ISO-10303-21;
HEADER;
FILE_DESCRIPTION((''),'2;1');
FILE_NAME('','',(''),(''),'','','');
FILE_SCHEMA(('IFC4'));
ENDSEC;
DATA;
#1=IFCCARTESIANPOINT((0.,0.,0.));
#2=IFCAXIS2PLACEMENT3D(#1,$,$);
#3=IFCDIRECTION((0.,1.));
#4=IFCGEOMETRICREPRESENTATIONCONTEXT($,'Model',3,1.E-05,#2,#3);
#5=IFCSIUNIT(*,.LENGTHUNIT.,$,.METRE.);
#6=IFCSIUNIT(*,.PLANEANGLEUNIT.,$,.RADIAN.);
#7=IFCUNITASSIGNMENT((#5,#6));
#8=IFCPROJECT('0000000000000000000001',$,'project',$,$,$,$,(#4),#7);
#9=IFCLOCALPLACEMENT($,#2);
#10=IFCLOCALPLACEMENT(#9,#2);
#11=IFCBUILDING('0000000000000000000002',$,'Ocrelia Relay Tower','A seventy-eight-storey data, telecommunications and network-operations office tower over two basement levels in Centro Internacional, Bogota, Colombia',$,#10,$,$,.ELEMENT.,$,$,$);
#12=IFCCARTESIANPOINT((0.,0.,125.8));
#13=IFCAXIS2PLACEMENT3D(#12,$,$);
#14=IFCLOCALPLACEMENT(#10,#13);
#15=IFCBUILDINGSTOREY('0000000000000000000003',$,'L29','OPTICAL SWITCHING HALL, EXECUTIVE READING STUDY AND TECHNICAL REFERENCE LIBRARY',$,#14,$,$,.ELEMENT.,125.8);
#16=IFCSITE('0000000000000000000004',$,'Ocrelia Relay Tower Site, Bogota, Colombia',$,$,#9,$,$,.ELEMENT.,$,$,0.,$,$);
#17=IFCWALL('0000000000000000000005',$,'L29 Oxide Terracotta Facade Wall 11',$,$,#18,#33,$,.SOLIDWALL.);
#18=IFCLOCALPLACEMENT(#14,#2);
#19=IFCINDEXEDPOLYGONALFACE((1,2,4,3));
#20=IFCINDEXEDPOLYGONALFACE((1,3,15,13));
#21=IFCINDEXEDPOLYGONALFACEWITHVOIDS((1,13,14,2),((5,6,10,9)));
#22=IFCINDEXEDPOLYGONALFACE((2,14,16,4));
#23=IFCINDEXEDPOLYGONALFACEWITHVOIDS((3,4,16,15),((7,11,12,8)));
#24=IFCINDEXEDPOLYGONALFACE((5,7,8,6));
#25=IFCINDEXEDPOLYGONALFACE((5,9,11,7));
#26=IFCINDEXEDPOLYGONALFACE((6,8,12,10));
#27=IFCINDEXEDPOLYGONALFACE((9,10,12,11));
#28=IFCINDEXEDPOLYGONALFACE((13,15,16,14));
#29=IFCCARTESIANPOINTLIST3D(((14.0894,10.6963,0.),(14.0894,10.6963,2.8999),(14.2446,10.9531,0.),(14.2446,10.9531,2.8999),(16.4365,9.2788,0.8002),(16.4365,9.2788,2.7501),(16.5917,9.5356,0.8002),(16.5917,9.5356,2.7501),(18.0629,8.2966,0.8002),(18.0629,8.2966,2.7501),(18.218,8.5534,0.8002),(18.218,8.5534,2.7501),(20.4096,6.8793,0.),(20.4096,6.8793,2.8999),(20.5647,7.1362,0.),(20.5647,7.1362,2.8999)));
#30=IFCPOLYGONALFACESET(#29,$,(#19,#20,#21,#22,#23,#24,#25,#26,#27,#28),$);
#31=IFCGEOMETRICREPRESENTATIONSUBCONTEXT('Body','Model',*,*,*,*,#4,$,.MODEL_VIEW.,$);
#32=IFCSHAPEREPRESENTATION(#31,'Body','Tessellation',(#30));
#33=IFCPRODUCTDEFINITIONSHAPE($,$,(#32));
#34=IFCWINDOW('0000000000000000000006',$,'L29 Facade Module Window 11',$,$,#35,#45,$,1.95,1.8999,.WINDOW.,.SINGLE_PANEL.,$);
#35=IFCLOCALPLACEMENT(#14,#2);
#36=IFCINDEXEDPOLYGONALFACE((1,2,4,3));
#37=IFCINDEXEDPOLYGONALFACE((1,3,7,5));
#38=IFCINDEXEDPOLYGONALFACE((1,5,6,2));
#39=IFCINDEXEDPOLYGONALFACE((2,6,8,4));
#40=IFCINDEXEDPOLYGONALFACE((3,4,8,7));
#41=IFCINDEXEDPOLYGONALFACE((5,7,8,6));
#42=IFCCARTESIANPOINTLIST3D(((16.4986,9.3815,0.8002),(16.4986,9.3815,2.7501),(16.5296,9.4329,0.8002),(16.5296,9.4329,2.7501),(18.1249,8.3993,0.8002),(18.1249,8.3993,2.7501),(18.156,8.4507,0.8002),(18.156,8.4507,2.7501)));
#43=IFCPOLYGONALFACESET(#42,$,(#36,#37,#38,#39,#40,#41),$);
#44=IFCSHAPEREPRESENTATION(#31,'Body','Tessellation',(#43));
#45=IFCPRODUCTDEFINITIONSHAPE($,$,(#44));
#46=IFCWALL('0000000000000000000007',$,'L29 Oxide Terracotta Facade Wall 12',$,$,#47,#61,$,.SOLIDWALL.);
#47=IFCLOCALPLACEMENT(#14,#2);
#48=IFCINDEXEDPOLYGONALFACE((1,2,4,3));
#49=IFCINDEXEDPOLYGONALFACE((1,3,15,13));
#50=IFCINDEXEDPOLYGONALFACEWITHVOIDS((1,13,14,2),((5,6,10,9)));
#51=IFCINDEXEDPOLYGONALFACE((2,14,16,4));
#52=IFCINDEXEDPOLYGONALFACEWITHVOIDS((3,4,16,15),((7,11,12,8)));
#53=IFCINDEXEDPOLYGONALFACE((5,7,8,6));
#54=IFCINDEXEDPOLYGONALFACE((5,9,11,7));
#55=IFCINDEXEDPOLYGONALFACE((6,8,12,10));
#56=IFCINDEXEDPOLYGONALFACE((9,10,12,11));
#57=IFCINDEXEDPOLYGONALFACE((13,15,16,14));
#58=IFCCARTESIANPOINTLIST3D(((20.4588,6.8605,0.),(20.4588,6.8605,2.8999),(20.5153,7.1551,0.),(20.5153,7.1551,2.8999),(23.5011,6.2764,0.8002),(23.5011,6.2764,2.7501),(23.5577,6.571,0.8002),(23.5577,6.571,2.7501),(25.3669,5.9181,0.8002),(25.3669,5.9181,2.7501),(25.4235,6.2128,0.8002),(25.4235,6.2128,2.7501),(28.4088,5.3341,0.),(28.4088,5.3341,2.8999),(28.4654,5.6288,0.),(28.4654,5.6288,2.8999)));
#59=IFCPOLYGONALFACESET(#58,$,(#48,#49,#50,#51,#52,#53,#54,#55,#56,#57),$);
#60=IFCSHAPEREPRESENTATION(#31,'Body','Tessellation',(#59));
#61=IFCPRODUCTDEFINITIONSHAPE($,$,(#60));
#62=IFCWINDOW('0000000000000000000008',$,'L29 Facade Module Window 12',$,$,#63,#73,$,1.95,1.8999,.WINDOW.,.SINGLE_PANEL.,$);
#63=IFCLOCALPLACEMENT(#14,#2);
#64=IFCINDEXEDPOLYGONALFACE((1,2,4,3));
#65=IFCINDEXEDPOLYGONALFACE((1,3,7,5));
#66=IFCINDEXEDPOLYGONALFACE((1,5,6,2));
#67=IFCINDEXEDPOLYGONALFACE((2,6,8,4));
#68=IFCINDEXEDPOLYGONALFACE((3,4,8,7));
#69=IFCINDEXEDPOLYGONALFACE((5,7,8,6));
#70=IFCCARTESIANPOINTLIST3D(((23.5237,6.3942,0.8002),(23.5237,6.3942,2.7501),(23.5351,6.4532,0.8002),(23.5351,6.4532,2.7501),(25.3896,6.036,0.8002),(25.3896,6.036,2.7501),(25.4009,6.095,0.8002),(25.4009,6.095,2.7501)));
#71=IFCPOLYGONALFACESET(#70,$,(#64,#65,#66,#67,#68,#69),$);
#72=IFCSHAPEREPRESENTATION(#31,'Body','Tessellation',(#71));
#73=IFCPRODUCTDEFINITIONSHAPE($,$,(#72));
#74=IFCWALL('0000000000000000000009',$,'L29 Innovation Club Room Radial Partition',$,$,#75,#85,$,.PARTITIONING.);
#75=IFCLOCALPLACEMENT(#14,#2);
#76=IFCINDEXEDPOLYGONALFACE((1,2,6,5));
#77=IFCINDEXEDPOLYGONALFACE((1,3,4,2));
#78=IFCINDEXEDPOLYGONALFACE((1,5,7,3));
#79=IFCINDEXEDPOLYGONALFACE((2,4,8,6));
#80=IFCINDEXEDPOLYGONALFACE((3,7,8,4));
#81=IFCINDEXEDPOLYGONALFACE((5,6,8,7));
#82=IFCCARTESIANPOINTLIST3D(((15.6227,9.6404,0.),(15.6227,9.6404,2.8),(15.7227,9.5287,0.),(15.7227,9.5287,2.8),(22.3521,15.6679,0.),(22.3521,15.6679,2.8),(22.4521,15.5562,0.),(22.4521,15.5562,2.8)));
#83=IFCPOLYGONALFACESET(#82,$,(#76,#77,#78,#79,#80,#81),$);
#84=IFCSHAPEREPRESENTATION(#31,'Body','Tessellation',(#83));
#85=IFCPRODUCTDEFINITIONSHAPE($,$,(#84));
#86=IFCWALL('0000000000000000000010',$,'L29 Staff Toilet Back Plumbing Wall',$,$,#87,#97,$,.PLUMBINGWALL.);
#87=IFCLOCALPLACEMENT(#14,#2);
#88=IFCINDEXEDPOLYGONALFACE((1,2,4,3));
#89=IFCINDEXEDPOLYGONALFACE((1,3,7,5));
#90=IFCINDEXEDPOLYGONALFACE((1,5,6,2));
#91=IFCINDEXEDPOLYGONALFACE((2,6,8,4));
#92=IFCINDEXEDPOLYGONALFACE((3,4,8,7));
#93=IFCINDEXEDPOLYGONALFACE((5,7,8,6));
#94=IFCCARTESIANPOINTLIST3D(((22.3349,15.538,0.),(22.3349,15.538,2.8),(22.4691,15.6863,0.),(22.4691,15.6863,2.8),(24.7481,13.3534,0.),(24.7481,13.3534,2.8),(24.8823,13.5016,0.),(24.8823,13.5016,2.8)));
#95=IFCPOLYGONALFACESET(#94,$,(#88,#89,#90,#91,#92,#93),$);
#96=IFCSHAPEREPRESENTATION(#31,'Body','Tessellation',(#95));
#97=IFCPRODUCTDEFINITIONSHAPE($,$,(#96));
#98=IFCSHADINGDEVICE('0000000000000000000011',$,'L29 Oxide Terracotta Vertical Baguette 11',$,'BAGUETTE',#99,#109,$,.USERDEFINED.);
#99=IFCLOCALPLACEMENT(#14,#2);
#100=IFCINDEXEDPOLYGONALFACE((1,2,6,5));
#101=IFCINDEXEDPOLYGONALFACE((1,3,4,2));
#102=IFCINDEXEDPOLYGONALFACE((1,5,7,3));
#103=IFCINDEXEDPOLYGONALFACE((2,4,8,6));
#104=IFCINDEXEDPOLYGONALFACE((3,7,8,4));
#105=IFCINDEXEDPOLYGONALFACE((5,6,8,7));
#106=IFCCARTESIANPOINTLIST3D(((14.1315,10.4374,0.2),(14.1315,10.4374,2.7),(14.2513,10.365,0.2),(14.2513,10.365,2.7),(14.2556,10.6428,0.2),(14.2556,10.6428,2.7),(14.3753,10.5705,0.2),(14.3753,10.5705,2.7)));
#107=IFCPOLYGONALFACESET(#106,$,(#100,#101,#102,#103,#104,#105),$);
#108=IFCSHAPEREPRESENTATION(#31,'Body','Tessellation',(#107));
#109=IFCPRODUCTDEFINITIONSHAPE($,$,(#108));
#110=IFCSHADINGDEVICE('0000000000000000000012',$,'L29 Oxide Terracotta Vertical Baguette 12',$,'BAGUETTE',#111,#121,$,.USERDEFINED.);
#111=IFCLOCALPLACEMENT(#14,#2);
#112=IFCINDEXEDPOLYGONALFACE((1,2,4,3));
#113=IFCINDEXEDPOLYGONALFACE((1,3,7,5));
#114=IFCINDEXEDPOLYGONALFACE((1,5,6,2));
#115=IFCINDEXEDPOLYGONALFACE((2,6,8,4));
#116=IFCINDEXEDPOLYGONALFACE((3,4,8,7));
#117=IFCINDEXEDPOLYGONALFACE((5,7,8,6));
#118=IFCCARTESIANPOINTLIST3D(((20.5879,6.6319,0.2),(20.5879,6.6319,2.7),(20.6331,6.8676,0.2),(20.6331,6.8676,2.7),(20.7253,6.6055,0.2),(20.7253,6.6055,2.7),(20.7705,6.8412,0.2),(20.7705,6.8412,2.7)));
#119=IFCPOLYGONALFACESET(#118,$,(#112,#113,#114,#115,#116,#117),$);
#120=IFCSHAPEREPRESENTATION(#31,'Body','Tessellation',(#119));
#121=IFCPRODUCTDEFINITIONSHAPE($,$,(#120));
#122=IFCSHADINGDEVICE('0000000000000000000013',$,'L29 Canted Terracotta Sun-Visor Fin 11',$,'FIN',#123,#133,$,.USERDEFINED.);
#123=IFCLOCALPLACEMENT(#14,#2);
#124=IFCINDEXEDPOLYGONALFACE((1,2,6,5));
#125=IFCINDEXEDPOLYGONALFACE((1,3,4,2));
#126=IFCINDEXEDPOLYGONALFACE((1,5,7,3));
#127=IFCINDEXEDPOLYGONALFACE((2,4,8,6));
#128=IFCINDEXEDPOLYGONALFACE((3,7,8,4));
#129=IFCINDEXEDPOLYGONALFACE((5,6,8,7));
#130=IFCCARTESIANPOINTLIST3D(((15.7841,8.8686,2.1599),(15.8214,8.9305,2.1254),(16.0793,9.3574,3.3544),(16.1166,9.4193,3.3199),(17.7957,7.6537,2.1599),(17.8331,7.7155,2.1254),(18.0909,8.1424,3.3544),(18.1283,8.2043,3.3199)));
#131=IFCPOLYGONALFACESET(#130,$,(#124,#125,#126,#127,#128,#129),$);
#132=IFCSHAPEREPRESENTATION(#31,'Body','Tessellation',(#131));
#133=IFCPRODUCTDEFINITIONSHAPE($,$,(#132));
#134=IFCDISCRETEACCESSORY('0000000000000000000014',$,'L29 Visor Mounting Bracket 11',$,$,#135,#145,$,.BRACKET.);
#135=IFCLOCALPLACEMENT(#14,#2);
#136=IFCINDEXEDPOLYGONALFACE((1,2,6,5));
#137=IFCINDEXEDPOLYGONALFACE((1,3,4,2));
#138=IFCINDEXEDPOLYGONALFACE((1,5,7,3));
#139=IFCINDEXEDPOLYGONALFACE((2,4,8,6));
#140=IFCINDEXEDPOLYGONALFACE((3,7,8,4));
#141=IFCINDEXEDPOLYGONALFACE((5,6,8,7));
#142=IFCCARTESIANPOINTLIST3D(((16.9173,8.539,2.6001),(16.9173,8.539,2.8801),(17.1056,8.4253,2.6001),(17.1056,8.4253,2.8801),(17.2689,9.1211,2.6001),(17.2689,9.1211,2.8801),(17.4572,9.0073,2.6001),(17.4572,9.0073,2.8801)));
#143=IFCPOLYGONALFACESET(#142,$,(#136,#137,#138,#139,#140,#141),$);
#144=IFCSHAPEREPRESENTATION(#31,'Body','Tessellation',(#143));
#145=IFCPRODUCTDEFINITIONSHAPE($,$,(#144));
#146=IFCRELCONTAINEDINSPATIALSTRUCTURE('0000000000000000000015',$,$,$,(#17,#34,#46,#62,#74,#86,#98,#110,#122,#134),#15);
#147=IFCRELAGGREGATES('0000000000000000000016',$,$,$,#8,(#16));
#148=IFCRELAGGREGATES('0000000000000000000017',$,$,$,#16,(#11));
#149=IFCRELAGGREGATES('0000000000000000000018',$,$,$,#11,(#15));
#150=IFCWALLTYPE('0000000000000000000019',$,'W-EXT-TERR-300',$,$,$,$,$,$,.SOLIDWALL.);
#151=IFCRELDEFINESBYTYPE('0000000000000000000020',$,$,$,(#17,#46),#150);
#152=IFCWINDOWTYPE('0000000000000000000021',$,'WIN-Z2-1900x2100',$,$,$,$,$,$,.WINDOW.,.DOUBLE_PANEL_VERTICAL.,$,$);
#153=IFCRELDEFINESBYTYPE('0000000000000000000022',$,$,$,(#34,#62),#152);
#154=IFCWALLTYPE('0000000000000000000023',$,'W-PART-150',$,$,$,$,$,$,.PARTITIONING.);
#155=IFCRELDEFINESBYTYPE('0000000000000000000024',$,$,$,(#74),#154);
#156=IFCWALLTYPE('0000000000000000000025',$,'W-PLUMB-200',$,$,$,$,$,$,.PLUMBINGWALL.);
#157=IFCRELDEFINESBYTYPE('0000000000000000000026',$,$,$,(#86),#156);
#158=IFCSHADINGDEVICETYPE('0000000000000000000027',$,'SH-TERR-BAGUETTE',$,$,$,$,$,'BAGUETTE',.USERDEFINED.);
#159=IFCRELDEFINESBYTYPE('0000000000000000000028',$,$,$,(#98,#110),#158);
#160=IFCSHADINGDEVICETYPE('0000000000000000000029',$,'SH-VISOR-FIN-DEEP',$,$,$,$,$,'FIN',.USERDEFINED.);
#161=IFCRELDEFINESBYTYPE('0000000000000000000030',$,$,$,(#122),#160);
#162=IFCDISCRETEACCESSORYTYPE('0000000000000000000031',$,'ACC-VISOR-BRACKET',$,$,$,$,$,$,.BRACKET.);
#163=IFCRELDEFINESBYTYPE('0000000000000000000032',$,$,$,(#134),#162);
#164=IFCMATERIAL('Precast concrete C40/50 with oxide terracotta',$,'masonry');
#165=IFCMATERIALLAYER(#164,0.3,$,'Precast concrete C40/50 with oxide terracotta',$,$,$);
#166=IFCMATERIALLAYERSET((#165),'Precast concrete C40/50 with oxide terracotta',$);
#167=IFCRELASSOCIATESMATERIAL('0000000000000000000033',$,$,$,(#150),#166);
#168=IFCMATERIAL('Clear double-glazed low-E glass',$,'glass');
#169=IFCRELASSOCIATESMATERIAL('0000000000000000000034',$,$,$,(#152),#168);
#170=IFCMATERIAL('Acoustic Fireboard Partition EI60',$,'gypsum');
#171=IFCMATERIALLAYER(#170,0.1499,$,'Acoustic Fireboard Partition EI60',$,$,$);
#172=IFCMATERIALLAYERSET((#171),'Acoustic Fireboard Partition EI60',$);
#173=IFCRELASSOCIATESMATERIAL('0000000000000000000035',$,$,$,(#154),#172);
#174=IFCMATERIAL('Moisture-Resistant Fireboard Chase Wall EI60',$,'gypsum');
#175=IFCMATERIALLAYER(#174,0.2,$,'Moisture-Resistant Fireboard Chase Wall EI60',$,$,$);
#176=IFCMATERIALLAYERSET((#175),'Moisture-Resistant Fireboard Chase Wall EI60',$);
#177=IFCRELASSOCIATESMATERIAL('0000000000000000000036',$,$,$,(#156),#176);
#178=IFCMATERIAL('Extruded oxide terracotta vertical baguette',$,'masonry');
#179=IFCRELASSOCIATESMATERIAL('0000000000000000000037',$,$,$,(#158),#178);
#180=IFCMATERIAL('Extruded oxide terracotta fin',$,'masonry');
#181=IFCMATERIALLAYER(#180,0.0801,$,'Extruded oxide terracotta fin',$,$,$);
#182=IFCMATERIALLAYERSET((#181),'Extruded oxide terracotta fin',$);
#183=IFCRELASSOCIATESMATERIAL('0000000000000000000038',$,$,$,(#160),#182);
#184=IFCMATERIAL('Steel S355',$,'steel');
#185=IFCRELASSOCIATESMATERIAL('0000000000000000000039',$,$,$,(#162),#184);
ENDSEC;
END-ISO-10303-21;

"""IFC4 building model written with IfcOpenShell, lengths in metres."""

from ifc_helpers import new_model, si_unit, direction, frame, frame_2d, origin, origin_2d, place, context, subcontext, project, spatial, rectangle, extrude, material, layer, layer_set, type_object, element, fill, save


model = new_model("IFC4")

# Units and contexts
model_context = context("Model", 3, precision=1e-05, world=origin(), true_north=direction((0.0, 1.0)))
body_context = subcontext(model_context, "Body", "Model", "MODEL_VIEW")
ifc_project = project(units=[si_unit("LENGTHUNIT", "METRE"), si_unit("PLANEANGLEUNIT", "RADIAN")], contexts=[model_context])

# Site, building, storey
site_placement = place(None, origin())
site = spatial("IfcSite", under=ifc_project, at=site_placement, Name="Ocrelia Relay Tower Site, Bogota, Colombia", CompositionType="ELEMENT", RefElevation=0.0)
building_placement = place(site_placement, origin())
building = spatial("IfcBuilding", under=site, at=building_placement, Name="Ocrelia Relay Tower", Description="A seventy-eight-storey data, telecommunications and network-operations office tower over two basement levels in Centro Internacional, Bogota, Colombia", CompositionType="ELEMENT")
storey_placement = place(building_placement, frame((0.0, 0.0, 125.8)))
storey = spatial("IfcBuildingStorey", under=building, at=storey_placement, Name="L29", Description="OPTICAL SWITCHING HALL, EXECUTIVE READING STUDY AND TECHNICAL REFERENCE LIBRARY", CompositionType="ELEMENT", Elevation=125.8)

# Shared definitions
ifc_material_1 = material(Name="Steel S355", Category="steel")

# Shared definitions
ifc_material_2 = material(Name="Clear double-glazed low-E glass", Category="glass")

# Walls, openings, windows
ifc_material_3 = material(Name="Precast concrete C40/50 with oxide terracotta", Category="masonry")
ifc_layer_1 = layer(ifc_material_3, 0.3, Name="Precast concrete C40/50 with oxide terracotta")
ifc_layer_set_1 = layer_set([ifc_layer_1], Name="Precast concrete C40/50 with oxide terracotta")
wall_type_1 = type_object("IfcWallType", Name="W-EXT-TERR-300", PredefinedType="SOLIDWALL", material=ifc_layer_set_1)
wall_1_placement = place(storey_placement, frame((14.167, 10.8247, 0.0), z_axis=(0.0, 0.0, 1.0), x_axis=(0.856004, -0.516969, 0.0)))
wall_1 = element("IfcWall", 1, at=wall_1_placement, inside=storey, type_object=wall_type_1, Name="L29 Oxide Terracotta Facade Wall 11", PredefinedType="SOLIDWALL", context=body_context, shape_type="SweptSolid", body=[
    extrude(rectangle(XDim=7.3833, YDim=0.3, at=frame_2d((3.6917, 0.0))), origin(), (0.0, 0.0, 1.0), 2.8999),
])
opening_1_placement = place(wall_1_placement, frame((2.7419, 0.0, 0.8)))
opening_1 = element("IfcOpeningElement", 2, at=opening_1_placement, cuts=wall_1, PredefinedType="OPENING", context=body_context, shape_type="SweptSolid", body=[
    extrude(rectangle(XDim=1.8999, YDim=1.95, at=frame_2d((0.95, 0.9751))), frame((0.0, 0.1602, 0.0), z_axis=(0.0, -1.0, 0.0), x_axis=(1.0, 0.0, 0.0)), (0.0, 0.0, 1.0), 0.3201),
])
window_type = type_object("IfcWindowType", Name="WIN-Z2-1900x2100", PartitioningType="DOUBLE_PANEL_VERTICAL", PredefinedType="WINDOW", material=ifc_material_2)
window_1_placement = place(opening_1_placement, origin())
window_1 = element("IfcWindow", 3, at=window_1_placement, inside=storey, type_object=window_type, Name="L29 Facade Module Window 11", OverallHeight=1.95, OverallWidth=1.8999, PartitioningType="SINGLE_PANEL", PredefinedType="WINDOW", context=body_context, shape_type="SweptSolid", body=[
    extrude(rectangle(XDim=1.8999, YDim=1.95, at=frame_2d((0.95, 0.9751))), frame((0.0, 0.03, 0.0), z_axis=(0.0, -1.0, 0.0), x_axis=(1.0, 0.0, 0.0)), (0.0, 0.0, 1.0), 0.0601),
])
fill(opening_1, window_1)
wall_2_placement = place(storey_placement, frame((20.4871, 7.0078, 0.0), z_axis=(0.0, 0.0, 1.0), x_axis=(0.982063, -0.188553, 0.0)))
wall_2 = element("IfcWall", 4, at=wall_2_placement, inside=storey, type_object=wall_type_1, Name="L29 Oxide Terracotta Facade Wall 12", PredefinedType="SOLIDWALL", context=body_context, shape_type="SweptSolid", body=[
    extrude(rectangle(XDim=8.0952, YDim=0.3, at=frame_2d((4.0476, 0.0))), origin(), (0.0, 0.0, 1.0), 2.8999),
])
opening_2_placement = place(wall_2_placement, frame((3.0979, 0.0, 0.8)))
opening_2 = element("IfcOpeningElement", 5, at=opening_2_placement, cuts=wall_2, PredefinedType="OPENING", context=body_context, shape_type="SweptSolid", body=[
    extrude(rectangle(XDim=1.8999, YDim=1.95, at=frame_2d((0.95, 0.9751))), frame((0.0, 0.1602, 0.0), z_axis=(0.0, -1.0, 0.0), x_axis=(1.0, 0.0, 0.0)), (0.0, 0.0, 1.0), 0.3201),
])
window_2_placement = place(opening_2_placement, origin())
window_2 = element("IfcWindow", 6, at=window_2_placement, inside=storey, type_object=window_type, Name="L29 Facade Module Window 12", OverallHeight=1.95, OverallWidth=1.8999, PartitioningType="SINGLE_PANEL", PredefinedType="WINDOW", context=body_context, shape_type="SweptSolid", body=[
    extrude(rectangle(XDim=1.8999, YDim=1.95, at=frame_2d((0.95, 0.9751))), frame((0.0, 0.03, 0.0), z_axis=(0.0, -1.0, 0.0), x_axis=(1.0, 0.0, 0.0)), (0.0, 0.0, 1.0), 0.0601),
])
fill(opening_2, window_2)

# Walls
ifc_material_4 = material(Name="Acoustic Fireboard Partition EI60", Category="gypsum")
ifc_layer_2 = layer(ifc_material_4, 0.1499, Name="Acoustic Fireboard Partition EI60")
ifc_layer_set_2 = layer_set([ifc_layer_2], Name="Acoustic Fireboard Partition EI60")
wall_type_2 = type_object("IfcWallType", Name="W-PART-150", PredefinedType="PARTITIONING", material=ifc_layer_set_2)
wall_3_placement = place(storey_placement, frame((22.4021, 15.6121, 0.0), z_axis=(0.0, 0.0, 1.0), x_axis=(-0.744886, -0.667192, 0.0)))
element("IfcWall", 7, at=wall_3_placement, inside=storey, type_object=wall_type_2, Name="L29 Innovation Club Room Radial Partition", PredefinedType="PARTITIONING", context=body_context, shape_type="SweptSolid", body=[
    extrude(rectangle(XDim=9.0342, YDim=0.1499, at=frame_2d((4.5171, 0.0))), origin(), (0.0, 0.0, 1.0), 2.8),
])
ifc_material_5 = material(Name="Moisture-Resistant Fireboard Chase Wall EI60", Category="gypsum")
ifc_layer_3 = layer(ifc_material_5, 0.2, Name="Moisture-Resistant Fireboard Chase Wall EI60")
ifc_layer_set_3 = layer_set([ifc_layer_3], Name="Moisture-Resistant Fireboard Chase Wall EI60")
wall_type_3 = type_object("IfcWallType", Name="W-PLUMB-200", PredefinedType="PLUMBINGWALL", material=ifc_layer_set_3)
wall_4_placement = place(storey_placement, frame((22.4021, 15.6121, 0.0), z_axis=(0.0, 0.0, 1.0), x_axis=(0.741337, -0.671133, 0.0)))
element("IfcWall", 8, at=wall_4_placement, inside=storey, type_object=wall_type_3, Name="L29 Staff Toilet Back Plumbing Wall", PredefinedType="PLUMBINGWALL", context=body_context, shape_type="SweptSolid", body=[
    extrude(rectangle(XDim=3.2551, YDim=0.2, at=frame_2d((1.6274, 0.0))), origin(), (0.0, 0.0, 1.0), 2.8),
])

# Shading devices
ifc_material_6 = material(Name="Extruded oxide terracotta vertical baguette", Category="masonry")
shading_device_type_1 = type_object("IfcShadingDeviceType", Name="SH-TERR-BAGUETTE", ElementType="BAGUETTE", PredefinedType="USERDEFINED", material=ifc_material_6)
for number, where, z_axis, x_axis, name in (
    (9, (14.2534, 10.5039, 0.2), (0.0, 0.0, 1.0), (0.855989, -0.516993, 0.0), "L29 Oxide Terracotta Vertical Baguette 11"),
    (10, (20.6792, 6.7366, 0.2), (0.0, 0.0, 1.0), (0.982064, -0.188546, 0.0), "L29 Oxide Terracotta Vertical Baguette 12"),
):
    element("IfcShadingDevice", number, at=place(storey_placement, frame(where, z_axis=z_axis, x_axis=x_axis)), inside=storey, type_object=shading_device_type_1, Name=name, ObjectType="BAGUETTE", PredefinedType="USERDEFINED", context=body_context, shape_type="SweptSolid", body=[
        extrude(rectangle(XDim=0.1399, YDim=0.24, at=origin_2d()), origin(), (0.0, 0.0, 1.0), 2.5),
    ])
ifc_material_7 = material(Name="Extruded oxide terracotta fin", Category="masonry")
ifc_layer_4 = layer(ifc_material_7, 0.0801, Name="Extruded oxide terracotta fin")
ifc_layer_set_4 = layer_set([ifc_layer_4], Name="Extruded oxide terracotta fin")
shading_device_type_2 = type_object("IfcShadingDeviceType", Name="SH-VISOR-FIN-DEEP", ElementType="FIN", PredefinedType="USERDEFINED", material=ifc_layer_set_4)
shading_device_placement = place(storey_placement, frame((16.9749, 8.5674, 2.7227), z_axis=(-0.466436, -0.772282, 0.431299), x_axis=(0.855989, -0.516993, 0.0)))
element("IfcShadingDevice", 11, at=shading_device_placement, inside=storey, type_object=shading_device_type_2, Name="L29 Canted Terracotta Sun-Visor Fin 11", ObjectType="FIN", PredefinedType="USERDEFINED", context=body_context, shape_type="SweptSolid", body=[
    extrude(rectangle(XDim=2.3501, YDim=1.324, at=origin_2d()), origin(), (0.0, 0.0, 1.0), 0.0801),
])

# Discrete accessory
discrete_accessory_type = type_object("IfcDiscreteAccessoryType", Name="ACC-VISOR-BRACKET", PredefinedType="BRACKET", material=ifc_material_1)
discrete_accessory_placement = place(storey_placement, frame((17.1873, 8.7732, 2.6001), z_axis=(0.0, 0.0, 1.0), x_axis=(0.855989, -0.516993, 0.0)))
element("IfcDiscreteAccessory", 12, at=discrete_accessory_placement, inside=storey, type_object=discrete_accessory_type, Name="L29 Visor Mounting Bracket 11", PredefinedType="BRACKET", context=body_context, shape_type="SweptSolid", body=[
    extrude(rectangle(XDim=0.22, YDim=0.6799, at=origin_2d()), origin(), (0.0, 0.0, 1.0), 0.28),
])

save(model, "model.ifc")
